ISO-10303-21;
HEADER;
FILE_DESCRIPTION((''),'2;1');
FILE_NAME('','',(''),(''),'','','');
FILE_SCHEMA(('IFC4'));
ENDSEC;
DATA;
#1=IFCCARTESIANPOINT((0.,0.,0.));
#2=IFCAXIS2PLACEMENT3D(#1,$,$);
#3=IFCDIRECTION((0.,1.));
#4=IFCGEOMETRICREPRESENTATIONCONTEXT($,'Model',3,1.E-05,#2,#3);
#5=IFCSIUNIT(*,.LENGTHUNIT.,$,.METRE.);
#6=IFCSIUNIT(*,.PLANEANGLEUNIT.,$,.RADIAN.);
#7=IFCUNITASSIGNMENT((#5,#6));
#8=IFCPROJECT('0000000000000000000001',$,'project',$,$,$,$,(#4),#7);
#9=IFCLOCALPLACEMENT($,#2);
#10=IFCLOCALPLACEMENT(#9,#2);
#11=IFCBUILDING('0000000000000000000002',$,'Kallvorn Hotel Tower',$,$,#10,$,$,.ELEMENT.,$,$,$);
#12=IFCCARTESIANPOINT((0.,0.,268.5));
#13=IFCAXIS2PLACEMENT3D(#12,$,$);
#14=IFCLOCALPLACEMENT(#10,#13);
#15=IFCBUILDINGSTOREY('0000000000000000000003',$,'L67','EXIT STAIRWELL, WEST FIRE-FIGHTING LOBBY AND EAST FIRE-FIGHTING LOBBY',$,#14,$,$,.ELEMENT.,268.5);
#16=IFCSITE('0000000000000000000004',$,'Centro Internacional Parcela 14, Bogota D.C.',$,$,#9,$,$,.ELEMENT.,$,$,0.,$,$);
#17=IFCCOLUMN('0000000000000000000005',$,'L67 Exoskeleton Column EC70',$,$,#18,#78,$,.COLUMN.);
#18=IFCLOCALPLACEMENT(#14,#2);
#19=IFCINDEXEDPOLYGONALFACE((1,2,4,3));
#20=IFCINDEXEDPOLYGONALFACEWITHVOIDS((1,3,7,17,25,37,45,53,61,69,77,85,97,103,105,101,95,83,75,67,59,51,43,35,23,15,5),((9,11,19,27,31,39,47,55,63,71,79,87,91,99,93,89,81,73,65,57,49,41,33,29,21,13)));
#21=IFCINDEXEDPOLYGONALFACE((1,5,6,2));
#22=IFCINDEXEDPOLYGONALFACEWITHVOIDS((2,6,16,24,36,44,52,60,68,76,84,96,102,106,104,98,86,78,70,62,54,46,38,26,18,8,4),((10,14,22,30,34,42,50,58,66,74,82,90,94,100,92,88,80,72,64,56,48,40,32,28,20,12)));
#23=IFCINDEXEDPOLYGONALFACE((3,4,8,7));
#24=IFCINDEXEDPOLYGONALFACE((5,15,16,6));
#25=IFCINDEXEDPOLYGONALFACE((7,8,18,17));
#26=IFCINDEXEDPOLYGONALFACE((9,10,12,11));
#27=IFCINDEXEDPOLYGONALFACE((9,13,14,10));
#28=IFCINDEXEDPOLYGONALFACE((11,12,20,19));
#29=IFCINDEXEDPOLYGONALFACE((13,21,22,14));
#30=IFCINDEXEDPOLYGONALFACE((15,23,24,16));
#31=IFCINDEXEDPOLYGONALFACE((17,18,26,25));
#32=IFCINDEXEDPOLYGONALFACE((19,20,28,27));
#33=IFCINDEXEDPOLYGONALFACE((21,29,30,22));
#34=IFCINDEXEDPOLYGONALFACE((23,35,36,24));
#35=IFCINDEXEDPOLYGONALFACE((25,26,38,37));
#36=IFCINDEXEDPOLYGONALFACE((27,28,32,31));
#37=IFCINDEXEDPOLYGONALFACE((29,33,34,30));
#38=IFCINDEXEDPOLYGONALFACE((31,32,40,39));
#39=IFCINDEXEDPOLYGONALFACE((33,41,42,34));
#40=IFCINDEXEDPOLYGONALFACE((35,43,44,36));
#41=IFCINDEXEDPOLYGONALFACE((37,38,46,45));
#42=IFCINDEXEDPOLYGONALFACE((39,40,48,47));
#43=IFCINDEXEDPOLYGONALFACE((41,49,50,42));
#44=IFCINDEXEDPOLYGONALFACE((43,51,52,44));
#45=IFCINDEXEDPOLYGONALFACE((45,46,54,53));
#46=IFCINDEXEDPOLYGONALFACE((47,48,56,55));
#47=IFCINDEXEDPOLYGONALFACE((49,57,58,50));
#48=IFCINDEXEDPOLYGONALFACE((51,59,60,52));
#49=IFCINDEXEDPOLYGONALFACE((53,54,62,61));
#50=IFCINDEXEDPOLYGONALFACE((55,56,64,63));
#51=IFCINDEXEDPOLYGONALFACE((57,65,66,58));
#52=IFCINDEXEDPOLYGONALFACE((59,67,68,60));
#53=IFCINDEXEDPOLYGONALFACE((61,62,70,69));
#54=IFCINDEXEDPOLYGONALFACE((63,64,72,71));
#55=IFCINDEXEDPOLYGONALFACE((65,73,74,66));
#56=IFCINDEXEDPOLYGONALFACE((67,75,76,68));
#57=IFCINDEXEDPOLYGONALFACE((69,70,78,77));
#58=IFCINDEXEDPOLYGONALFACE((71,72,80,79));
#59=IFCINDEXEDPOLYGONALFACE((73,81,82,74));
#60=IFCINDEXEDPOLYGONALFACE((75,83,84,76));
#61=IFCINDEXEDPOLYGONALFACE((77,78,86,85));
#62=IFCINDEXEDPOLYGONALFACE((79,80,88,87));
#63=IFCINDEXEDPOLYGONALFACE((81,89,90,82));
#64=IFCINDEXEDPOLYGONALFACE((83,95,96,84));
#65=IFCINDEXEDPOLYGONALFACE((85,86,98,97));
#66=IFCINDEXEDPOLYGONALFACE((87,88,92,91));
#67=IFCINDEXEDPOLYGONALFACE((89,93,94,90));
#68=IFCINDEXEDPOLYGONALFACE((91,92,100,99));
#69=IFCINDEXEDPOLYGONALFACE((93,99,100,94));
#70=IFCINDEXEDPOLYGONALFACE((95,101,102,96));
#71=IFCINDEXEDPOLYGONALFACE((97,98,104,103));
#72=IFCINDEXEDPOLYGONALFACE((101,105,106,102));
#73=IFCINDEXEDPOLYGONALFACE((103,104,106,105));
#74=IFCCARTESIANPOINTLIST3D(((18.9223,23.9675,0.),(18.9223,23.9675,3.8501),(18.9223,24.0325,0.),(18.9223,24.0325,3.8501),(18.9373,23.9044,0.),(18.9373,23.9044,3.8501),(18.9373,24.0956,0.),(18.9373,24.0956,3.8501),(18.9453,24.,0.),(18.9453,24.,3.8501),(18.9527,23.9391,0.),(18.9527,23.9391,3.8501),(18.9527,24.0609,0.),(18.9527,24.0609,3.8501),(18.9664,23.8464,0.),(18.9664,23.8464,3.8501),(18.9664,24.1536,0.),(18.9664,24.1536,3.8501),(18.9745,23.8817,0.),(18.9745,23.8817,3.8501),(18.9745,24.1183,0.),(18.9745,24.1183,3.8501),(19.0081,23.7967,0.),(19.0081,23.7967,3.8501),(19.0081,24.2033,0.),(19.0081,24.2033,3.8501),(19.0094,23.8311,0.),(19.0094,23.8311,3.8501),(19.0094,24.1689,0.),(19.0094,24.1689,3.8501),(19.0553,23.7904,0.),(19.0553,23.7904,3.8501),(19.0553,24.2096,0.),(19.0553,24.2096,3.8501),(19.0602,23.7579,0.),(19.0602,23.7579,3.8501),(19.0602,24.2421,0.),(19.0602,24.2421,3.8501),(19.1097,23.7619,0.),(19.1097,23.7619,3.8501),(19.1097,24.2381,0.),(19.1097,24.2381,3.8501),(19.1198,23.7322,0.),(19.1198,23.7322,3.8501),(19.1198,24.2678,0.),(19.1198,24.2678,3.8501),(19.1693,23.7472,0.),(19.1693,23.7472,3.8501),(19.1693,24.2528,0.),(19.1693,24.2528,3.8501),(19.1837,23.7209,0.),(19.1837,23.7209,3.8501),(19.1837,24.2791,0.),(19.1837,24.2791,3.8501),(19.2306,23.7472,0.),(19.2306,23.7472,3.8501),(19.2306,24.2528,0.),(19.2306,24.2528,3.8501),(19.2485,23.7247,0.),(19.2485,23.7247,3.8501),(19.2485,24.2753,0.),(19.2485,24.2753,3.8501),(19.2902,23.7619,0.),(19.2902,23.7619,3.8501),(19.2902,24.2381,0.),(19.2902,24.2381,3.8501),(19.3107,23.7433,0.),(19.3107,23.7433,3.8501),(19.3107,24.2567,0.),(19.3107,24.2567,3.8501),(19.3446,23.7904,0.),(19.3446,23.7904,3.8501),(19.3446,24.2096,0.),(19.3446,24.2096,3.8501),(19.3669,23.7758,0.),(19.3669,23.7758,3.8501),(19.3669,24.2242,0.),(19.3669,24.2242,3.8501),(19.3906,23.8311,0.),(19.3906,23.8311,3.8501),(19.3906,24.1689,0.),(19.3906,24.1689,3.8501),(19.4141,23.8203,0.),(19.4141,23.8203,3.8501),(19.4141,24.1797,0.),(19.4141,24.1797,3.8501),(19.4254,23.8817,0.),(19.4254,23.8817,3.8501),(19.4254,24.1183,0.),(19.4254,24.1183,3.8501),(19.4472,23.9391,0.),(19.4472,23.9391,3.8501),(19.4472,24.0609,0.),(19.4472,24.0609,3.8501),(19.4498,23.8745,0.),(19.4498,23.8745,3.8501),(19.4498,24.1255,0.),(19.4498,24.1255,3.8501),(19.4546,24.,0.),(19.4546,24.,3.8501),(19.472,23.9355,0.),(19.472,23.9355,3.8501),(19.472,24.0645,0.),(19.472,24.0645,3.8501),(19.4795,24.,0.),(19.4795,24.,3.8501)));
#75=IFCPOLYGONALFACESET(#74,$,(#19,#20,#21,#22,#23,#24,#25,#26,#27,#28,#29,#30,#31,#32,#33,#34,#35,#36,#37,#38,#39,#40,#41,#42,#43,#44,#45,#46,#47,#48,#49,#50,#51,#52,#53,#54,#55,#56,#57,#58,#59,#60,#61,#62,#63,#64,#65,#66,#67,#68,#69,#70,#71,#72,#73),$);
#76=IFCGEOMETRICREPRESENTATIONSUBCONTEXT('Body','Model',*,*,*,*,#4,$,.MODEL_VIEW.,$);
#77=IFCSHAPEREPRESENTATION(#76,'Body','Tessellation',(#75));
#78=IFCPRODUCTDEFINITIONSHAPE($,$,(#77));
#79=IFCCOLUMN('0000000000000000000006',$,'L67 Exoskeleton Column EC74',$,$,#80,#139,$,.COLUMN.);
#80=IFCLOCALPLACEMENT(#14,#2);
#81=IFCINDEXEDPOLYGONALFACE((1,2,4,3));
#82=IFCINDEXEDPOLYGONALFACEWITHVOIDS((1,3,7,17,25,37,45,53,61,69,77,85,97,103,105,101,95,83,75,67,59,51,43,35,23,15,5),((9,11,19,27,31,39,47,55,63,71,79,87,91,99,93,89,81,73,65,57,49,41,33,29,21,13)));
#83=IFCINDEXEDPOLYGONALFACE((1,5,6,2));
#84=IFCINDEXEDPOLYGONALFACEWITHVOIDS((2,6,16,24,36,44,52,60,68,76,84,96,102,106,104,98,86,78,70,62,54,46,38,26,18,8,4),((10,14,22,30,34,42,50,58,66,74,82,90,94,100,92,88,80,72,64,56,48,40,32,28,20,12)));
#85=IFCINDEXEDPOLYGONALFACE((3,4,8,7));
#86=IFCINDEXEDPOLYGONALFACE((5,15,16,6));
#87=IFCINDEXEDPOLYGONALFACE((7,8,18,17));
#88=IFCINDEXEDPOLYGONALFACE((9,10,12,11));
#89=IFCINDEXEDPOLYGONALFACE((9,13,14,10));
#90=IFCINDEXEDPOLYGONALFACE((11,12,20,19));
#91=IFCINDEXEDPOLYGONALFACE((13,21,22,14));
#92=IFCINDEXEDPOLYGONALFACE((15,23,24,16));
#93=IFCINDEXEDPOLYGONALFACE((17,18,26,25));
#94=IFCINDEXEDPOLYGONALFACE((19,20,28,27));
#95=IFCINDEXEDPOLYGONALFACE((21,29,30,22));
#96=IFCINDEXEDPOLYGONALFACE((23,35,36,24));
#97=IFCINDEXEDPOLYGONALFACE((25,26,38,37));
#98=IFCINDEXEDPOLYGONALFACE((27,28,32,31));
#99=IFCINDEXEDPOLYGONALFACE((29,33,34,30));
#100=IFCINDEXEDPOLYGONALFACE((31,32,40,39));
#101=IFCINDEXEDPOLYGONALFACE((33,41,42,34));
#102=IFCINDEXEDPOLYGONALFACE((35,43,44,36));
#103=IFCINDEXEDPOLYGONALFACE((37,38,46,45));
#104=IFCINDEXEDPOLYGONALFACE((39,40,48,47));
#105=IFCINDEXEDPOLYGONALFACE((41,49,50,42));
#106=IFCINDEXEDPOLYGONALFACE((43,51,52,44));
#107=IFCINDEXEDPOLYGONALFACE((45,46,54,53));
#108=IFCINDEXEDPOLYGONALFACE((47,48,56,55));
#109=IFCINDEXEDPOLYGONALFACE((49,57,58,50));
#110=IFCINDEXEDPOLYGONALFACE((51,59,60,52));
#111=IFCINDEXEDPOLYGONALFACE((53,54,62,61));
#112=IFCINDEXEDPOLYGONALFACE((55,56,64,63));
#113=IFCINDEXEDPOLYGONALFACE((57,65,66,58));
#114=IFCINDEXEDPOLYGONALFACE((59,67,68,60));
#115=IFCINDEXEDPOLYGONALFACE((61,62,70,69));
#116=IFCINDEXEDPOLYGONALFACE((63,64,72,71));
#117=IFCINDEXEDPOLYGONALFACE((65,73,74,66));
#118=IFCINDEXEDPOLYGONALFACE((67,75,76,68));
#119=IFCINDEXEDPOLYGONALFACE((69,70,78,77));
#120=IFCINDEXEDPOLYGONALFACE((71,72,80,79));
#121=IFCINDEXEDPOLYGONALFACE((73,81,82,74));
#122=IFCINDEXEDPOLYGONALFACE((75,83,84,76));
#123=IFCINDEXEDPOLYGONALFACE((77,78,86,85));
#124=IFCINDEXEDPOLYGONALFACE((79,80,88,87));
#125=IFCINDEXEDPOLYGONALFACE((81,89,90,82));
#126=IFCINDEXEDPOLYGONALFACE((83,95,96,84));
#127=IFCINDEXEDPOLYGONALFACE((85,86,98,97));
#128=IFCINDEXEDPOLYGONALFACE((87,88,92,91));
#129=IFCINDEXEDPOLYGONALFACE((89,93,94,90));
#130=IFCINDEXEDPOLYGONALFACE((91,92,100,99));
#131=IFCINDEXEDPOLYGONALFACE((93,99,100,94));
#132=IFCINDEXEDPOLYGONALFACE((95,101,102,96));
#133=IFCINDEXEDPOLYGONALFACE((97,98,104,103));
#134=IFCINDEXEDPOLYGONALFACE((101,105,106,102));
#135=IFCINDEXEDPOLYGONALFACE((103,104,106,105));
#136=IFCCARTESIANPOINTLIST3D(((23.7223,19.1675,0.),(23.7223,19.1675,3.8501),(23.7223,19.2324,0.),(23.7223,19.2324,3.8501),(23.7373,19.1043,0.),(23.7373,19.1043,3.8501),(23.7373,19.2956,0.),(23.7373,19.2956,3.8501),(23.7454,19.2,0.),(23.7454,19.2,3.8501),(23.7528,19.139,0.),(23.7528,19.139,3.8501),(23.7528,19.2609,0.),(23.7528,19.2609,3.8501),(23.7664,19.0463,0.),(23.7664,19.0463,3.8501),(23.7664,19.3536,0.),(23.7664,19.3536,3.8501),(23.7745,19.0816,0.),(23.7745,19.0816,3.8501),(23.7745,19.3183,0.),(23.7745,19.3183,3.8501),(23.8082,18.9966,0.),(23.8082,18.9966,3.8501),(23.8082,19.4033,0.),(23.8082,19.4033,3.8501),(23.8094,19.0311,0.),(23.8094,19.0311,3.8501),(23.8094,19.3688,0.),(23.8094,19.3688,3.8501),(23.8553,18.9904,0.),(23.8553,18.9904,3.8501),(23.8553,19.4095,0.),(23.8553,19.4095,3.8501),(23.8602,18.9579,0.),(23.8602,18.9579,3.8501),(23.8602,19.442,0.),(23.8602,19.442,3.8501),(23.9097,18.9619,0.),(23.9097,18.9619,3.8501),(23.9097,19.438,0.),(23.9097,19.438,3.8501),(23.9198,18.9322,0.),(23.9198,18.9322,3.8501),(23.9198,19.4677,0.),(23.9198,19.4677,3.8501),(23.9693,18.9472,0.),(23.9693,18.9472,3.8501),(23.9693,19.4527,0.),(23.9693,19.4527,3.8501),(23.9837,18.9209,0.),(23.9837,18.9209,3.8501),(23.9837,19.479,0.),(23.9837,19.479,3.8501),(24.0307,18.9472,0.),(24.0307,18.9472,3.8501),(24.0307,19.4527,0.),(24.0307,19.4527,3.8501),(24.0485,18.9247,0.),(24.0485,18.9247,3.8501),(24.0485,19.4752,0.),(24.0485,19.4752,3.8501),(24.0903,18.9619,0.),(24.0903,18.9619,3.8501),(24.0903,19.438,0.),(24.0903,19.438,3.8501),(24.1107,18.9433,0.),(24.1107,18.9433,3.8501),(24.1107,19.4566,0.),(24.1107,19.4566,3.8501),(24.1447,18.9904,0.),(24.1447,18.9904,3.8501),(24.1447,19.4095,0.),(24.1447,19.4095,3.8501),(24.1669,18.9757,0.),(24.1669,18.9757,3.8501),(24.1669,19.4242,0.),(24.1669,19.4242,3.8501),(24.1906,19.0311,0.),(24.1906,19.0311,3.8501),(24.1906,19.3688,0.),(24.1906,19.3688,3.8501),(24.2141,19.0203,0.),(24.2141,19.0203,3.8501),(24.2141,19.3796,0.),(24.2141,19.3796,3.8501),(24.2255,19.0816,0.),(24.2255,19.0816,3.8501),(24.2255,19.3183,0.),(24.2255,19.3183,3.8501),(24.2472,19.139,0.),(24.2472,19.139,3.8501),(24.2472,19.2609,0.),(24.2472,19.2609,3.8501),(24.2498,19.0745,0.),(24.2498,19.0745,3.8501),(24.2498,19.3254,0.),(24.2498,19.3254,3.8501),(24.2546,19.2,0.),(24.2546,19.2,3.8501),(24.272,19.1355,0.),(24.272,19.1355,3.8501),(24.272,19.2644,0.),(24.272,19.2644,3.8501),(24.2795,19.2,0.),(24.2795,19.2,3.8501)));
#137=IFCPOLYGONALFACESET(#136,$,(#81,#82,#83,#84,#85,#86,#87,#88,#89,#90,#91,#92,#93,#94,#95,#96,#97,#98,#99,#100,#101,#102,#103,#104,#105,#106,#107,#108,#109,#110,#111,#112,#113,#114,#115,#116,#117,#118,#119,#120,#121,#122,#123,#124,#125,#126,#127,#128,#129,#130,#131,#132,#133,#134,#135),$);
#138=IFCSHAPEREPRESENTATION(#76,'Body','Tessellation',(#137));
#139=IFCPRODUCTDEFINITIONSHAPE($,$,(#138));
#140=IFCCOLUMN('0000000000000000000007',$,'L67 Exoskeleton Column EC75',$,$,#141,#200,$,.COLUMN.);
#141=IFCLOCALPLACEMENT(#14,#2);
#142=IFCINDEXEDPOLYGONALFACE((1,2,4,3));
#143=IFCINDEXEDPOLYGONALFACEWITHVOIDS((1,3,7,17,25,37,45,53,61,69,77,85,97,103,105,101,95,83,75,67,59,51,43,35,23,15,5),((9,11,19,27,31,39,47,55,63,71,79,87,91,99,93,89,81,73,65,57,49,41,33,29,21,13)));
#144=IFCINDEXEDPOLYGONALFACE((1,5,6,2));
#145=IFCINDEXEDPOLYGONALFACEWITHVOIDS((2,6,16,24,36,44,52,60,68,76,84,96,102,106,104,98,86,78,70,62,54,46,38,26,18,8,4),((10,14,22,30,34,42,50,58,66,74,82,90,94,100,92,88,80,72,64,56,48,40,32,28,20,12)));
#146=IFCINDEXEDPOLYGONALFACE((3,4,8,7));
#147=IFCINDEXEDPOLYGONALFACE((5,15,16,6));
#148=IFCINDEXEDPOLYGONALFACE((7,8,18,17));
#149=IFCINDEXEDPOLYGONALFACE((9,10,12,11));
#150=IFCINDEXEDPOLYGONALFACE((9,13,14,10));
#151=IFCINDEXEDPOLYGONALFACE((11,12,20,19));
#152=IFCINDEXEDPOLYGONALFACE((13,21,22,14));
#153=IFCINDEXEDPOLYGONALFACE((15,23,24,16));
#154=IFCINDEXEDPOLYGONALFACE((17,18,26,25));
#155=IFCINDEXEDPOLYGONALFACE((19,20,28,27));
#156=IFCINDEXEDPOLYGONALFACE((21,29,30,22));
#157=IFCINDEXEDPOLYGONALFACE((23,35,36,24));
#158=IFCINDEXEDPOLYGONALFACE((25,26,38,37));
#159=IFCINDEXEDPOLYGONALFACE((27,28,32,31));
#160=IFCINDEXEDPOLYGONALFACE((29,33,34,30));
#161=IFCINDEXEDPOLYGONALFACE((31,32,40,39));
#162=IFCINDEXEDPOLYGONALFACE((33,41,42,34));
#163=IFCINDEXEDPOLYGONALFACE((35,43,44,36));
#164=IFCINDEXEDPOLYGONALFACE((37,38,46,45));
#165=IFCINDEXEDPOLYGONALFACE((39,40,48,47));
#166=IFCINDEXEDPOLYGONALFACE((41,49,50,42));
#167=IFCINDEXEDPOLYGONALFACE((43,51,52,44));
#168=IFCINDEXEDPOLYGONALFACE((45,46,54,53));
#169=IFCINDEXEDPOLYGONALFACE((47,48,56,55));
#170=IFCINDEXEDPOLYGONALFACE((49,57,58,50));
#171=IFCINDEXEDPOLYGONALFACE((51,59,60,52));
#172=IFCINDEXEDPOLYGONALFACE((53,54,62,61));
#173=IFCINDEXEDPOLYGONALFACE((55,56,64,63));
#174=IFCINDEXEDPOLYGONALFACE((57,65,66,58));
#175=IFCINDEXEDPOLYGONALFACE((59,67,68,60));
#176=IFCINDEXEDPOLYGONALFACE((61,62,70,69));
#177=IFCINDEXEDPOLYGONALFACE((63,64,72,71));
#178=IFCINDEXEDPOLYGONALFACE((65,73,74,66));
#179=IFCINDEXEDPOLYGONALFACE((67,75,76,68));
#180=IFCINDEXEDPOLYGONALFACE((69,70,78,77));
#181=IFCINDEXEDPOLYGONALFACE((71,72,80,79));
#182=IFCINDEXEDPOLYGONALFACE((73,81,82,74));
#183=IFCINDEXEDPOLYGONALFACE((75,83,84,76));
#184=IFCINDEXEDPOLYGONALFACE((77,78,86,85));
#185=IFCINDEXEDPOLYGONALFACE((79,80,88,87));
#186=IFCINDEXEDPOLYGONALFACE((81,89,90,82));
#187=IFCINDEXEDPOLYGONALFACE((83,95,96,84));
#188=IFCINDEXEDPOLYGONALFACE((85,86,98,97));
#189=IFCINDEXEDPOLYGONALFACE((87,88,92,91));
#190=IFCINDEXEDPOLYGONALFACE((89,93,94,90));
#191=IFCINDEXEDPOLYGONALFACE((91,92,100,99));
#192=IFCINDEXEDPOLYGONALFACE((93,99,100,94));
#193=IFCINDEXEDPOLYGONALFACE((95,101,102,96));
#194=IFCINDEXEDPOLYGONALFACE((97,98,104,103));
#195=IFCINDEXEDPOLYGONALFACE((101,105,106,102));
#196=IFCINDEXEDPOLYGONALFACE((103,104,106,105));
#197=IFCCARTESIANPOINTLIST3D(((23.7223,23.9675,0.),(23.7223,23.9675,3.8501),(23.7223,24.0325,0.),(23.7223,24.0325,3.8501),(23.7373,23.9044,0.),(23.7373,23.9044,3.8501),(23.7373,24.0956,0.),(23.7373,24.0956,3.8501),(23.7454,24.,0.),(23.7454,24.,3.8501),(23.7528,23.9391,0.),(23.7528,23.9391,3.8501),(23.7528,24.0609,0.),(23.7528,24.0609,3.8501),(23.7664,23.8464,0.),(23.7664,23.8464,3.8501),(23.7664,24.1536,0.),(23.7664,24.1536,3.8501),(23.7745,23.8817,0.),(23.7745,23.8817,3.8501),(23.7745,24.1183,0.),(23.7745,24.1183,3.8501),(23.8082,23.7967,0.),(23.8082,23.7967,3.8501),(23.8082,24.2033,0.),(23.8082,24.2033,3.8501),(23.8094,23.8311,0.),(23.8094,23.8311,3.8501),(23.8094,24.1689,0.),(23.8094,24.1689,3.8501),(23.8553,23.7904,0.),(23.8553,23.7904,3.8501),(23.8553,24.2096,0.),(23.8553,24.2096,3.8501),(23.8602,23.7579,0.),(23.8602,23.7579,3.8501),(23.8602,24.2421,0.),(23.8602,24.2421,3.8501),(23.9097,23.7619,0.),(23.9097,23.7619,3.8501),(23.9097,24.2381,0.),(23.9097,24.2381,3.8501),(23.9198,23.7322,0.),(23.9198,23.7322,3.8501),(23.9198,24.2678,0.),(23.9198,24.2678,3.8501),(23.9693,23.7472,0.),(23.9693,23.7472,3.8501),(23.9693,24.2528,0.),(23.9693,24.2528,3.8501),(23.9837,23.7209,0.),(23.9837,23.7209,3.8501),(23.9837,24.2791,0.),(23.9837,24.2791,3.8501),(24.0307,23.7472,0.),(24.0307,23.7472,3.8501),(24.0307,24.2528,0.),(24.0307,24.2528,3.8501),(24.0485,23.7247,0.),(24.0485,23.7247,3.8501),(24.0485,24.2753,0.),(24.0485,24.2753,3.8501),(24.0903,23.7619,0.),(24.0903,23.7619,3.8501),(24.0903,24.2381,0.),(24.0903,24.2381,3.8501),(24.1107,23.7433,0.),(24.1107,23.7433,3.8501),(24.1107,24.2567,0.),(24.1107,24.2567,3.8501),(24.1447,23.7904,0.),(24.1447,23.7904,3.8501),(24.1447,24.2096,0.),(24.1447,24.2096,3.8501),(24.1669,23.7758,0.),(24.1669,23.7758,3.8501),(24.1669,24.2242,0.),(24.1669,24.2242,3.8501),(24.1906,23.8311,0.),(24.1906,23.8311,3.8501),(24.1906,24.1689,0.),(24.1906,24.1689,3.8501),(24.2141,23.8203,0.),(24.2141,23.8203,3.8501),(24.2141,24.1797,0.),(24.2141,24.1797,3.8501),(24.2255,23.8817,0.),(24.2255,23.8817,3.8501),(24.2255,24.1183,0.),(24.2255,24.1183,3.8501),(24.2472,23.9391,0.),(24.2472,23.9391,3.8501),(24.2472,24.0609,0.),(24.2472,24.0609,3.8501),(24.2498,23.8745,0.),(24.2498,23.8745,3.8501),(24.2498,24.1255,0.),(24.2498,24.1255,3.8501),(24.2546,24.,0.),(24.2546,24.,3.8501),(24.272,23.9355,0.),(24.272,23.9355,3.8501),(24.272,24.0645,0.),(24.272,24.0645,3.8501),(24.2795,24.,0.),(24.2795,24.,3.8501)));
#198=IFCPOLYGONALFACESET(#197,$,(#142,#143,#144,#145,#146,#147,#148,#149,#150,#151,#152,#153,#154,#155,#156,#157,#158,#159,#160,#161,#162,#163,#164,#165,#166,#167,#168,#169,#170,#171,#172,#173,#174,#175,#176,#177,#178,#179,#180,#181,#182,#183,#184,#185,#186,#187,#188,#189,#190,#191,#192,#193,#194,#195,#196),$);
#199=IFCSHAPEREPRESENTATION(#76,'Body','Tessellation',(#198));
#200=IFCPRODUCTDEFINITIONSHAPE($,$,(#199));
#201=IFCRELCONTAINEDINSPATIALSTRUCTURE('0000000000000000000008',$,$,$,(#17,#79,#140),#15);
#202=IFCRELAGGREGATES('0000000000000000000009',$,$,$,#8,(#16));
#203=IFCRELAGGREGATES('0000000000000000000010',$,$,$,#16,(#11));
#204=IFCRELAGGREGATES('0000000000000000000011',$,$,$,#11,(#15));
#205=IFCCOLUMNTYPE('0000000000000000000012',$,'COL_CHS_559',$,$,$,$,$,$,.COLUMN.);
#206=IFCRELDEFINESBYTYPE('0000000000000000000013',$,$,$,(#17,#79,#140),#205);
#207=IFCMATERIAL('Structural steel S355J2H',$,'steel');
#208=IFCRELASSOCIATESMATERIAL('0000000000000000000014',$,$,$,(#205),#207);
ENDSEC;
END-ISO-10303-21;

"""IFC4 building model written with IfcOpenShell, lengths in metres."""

from ifc_helpers import new_model, si_unit, direction, frame, origin, origin_2d, place, context, subcontext, project, spatial, hollow_circle, extrude, material, material_profile, profile_set, type_object, element, save


model = new_model("IFC4")

# Units and contexts
model_context = context("Model", 3, precision=1e-05, world=origin(), true_north=direction((0.0, 1.0)))
body_context = subcontext(model_context, "Body", "Model", "MODEL_VIEW")
ifc_project = project(units=[si_unit("LENGTHUNIT", "METRE"), si_unit("PLANEANGLEUNIT", "RADIAN")], contexts=[model_context])

# Site, building, storey
site_placement = place(None, origin())
site = spatial("IfcSite", under=ifc_project, at=site_placement, Name="Centro Internacional Parcela 14, Bogota D.C.", CompositionType="ELEMENT", RefElevation=0.0)
building_placement = place(site_placement, origin())
building = spatial("IfcBuilding", under=site, at=building_placement, Name="Kallvorn Hotel Tower", CompositionType="ELEMENT")
storey_placement = place(building_placement, frame((0.0, 0.0, 268.5)))
storey = spatial("IfcBuildingStorey", under=building, at=storey_placement, Name="L67", Description="EXIT STAIRWELL, WEST FIRE-FIGHTING LOBBY AND EAST FIRE-FIGHTING LOBBY", CompositionType="ELEMENT", Elevation=268.5)

# Columns
ifc_material_1 = material(Name="Structural steel S355J2H", Category="steel")
ifc_material_profile_1 = material_profile(ifc_material_1, hollow_circle(Radius=0.2795, WallThickness=0.0249, at=origin_2d()), Name="CHS 559x25")
ifc_profile_set_1 = profile_set([ifc_material_profile_1], Name="Structural steel S355J2H")
column_type = type_object("IfcColumnType", Name="COL_CHS_559", PredefinedType="COLUMN", material=ifc_profile_set_1)
for number, where, z_axis, x_axis, name in (
    (1, (19.2, 24.0, 0.0), (0.0, 0.0, 1.0), (1.0, 0.0, 0.0), "L67 Exoskeleton Column EC70"),
    (2, (24.0, 19.2, 0.0), (0.0, 0.0, 1.0), (1.0, 0.0, 0.0), "L67 Exoskeleton Column EC74"),
    (3, (24.0, 24.0, 0.0), (0.0, 0.0, 1.0), (1.0, 0.0, 0.0), "L67 Exoskeleton Column EC75"),
):
    element("IfcColumn", number, at=place(storey_placement, frame(where, z_axis=z_axis, x_axis=x_axis)), inside=storey, type_object=column_type, Name=name, PredefinedType="COLUMN", context=body_context, shape_type="SweptSolid", body=[
        extrude(hollow_circle(Radius=0.2795, WallThickness=0.0249, at=origin_2d()), origin(), (0.0, 0.0, 1.0), 3.8501),
    ])

save(model, "model.ifc")
